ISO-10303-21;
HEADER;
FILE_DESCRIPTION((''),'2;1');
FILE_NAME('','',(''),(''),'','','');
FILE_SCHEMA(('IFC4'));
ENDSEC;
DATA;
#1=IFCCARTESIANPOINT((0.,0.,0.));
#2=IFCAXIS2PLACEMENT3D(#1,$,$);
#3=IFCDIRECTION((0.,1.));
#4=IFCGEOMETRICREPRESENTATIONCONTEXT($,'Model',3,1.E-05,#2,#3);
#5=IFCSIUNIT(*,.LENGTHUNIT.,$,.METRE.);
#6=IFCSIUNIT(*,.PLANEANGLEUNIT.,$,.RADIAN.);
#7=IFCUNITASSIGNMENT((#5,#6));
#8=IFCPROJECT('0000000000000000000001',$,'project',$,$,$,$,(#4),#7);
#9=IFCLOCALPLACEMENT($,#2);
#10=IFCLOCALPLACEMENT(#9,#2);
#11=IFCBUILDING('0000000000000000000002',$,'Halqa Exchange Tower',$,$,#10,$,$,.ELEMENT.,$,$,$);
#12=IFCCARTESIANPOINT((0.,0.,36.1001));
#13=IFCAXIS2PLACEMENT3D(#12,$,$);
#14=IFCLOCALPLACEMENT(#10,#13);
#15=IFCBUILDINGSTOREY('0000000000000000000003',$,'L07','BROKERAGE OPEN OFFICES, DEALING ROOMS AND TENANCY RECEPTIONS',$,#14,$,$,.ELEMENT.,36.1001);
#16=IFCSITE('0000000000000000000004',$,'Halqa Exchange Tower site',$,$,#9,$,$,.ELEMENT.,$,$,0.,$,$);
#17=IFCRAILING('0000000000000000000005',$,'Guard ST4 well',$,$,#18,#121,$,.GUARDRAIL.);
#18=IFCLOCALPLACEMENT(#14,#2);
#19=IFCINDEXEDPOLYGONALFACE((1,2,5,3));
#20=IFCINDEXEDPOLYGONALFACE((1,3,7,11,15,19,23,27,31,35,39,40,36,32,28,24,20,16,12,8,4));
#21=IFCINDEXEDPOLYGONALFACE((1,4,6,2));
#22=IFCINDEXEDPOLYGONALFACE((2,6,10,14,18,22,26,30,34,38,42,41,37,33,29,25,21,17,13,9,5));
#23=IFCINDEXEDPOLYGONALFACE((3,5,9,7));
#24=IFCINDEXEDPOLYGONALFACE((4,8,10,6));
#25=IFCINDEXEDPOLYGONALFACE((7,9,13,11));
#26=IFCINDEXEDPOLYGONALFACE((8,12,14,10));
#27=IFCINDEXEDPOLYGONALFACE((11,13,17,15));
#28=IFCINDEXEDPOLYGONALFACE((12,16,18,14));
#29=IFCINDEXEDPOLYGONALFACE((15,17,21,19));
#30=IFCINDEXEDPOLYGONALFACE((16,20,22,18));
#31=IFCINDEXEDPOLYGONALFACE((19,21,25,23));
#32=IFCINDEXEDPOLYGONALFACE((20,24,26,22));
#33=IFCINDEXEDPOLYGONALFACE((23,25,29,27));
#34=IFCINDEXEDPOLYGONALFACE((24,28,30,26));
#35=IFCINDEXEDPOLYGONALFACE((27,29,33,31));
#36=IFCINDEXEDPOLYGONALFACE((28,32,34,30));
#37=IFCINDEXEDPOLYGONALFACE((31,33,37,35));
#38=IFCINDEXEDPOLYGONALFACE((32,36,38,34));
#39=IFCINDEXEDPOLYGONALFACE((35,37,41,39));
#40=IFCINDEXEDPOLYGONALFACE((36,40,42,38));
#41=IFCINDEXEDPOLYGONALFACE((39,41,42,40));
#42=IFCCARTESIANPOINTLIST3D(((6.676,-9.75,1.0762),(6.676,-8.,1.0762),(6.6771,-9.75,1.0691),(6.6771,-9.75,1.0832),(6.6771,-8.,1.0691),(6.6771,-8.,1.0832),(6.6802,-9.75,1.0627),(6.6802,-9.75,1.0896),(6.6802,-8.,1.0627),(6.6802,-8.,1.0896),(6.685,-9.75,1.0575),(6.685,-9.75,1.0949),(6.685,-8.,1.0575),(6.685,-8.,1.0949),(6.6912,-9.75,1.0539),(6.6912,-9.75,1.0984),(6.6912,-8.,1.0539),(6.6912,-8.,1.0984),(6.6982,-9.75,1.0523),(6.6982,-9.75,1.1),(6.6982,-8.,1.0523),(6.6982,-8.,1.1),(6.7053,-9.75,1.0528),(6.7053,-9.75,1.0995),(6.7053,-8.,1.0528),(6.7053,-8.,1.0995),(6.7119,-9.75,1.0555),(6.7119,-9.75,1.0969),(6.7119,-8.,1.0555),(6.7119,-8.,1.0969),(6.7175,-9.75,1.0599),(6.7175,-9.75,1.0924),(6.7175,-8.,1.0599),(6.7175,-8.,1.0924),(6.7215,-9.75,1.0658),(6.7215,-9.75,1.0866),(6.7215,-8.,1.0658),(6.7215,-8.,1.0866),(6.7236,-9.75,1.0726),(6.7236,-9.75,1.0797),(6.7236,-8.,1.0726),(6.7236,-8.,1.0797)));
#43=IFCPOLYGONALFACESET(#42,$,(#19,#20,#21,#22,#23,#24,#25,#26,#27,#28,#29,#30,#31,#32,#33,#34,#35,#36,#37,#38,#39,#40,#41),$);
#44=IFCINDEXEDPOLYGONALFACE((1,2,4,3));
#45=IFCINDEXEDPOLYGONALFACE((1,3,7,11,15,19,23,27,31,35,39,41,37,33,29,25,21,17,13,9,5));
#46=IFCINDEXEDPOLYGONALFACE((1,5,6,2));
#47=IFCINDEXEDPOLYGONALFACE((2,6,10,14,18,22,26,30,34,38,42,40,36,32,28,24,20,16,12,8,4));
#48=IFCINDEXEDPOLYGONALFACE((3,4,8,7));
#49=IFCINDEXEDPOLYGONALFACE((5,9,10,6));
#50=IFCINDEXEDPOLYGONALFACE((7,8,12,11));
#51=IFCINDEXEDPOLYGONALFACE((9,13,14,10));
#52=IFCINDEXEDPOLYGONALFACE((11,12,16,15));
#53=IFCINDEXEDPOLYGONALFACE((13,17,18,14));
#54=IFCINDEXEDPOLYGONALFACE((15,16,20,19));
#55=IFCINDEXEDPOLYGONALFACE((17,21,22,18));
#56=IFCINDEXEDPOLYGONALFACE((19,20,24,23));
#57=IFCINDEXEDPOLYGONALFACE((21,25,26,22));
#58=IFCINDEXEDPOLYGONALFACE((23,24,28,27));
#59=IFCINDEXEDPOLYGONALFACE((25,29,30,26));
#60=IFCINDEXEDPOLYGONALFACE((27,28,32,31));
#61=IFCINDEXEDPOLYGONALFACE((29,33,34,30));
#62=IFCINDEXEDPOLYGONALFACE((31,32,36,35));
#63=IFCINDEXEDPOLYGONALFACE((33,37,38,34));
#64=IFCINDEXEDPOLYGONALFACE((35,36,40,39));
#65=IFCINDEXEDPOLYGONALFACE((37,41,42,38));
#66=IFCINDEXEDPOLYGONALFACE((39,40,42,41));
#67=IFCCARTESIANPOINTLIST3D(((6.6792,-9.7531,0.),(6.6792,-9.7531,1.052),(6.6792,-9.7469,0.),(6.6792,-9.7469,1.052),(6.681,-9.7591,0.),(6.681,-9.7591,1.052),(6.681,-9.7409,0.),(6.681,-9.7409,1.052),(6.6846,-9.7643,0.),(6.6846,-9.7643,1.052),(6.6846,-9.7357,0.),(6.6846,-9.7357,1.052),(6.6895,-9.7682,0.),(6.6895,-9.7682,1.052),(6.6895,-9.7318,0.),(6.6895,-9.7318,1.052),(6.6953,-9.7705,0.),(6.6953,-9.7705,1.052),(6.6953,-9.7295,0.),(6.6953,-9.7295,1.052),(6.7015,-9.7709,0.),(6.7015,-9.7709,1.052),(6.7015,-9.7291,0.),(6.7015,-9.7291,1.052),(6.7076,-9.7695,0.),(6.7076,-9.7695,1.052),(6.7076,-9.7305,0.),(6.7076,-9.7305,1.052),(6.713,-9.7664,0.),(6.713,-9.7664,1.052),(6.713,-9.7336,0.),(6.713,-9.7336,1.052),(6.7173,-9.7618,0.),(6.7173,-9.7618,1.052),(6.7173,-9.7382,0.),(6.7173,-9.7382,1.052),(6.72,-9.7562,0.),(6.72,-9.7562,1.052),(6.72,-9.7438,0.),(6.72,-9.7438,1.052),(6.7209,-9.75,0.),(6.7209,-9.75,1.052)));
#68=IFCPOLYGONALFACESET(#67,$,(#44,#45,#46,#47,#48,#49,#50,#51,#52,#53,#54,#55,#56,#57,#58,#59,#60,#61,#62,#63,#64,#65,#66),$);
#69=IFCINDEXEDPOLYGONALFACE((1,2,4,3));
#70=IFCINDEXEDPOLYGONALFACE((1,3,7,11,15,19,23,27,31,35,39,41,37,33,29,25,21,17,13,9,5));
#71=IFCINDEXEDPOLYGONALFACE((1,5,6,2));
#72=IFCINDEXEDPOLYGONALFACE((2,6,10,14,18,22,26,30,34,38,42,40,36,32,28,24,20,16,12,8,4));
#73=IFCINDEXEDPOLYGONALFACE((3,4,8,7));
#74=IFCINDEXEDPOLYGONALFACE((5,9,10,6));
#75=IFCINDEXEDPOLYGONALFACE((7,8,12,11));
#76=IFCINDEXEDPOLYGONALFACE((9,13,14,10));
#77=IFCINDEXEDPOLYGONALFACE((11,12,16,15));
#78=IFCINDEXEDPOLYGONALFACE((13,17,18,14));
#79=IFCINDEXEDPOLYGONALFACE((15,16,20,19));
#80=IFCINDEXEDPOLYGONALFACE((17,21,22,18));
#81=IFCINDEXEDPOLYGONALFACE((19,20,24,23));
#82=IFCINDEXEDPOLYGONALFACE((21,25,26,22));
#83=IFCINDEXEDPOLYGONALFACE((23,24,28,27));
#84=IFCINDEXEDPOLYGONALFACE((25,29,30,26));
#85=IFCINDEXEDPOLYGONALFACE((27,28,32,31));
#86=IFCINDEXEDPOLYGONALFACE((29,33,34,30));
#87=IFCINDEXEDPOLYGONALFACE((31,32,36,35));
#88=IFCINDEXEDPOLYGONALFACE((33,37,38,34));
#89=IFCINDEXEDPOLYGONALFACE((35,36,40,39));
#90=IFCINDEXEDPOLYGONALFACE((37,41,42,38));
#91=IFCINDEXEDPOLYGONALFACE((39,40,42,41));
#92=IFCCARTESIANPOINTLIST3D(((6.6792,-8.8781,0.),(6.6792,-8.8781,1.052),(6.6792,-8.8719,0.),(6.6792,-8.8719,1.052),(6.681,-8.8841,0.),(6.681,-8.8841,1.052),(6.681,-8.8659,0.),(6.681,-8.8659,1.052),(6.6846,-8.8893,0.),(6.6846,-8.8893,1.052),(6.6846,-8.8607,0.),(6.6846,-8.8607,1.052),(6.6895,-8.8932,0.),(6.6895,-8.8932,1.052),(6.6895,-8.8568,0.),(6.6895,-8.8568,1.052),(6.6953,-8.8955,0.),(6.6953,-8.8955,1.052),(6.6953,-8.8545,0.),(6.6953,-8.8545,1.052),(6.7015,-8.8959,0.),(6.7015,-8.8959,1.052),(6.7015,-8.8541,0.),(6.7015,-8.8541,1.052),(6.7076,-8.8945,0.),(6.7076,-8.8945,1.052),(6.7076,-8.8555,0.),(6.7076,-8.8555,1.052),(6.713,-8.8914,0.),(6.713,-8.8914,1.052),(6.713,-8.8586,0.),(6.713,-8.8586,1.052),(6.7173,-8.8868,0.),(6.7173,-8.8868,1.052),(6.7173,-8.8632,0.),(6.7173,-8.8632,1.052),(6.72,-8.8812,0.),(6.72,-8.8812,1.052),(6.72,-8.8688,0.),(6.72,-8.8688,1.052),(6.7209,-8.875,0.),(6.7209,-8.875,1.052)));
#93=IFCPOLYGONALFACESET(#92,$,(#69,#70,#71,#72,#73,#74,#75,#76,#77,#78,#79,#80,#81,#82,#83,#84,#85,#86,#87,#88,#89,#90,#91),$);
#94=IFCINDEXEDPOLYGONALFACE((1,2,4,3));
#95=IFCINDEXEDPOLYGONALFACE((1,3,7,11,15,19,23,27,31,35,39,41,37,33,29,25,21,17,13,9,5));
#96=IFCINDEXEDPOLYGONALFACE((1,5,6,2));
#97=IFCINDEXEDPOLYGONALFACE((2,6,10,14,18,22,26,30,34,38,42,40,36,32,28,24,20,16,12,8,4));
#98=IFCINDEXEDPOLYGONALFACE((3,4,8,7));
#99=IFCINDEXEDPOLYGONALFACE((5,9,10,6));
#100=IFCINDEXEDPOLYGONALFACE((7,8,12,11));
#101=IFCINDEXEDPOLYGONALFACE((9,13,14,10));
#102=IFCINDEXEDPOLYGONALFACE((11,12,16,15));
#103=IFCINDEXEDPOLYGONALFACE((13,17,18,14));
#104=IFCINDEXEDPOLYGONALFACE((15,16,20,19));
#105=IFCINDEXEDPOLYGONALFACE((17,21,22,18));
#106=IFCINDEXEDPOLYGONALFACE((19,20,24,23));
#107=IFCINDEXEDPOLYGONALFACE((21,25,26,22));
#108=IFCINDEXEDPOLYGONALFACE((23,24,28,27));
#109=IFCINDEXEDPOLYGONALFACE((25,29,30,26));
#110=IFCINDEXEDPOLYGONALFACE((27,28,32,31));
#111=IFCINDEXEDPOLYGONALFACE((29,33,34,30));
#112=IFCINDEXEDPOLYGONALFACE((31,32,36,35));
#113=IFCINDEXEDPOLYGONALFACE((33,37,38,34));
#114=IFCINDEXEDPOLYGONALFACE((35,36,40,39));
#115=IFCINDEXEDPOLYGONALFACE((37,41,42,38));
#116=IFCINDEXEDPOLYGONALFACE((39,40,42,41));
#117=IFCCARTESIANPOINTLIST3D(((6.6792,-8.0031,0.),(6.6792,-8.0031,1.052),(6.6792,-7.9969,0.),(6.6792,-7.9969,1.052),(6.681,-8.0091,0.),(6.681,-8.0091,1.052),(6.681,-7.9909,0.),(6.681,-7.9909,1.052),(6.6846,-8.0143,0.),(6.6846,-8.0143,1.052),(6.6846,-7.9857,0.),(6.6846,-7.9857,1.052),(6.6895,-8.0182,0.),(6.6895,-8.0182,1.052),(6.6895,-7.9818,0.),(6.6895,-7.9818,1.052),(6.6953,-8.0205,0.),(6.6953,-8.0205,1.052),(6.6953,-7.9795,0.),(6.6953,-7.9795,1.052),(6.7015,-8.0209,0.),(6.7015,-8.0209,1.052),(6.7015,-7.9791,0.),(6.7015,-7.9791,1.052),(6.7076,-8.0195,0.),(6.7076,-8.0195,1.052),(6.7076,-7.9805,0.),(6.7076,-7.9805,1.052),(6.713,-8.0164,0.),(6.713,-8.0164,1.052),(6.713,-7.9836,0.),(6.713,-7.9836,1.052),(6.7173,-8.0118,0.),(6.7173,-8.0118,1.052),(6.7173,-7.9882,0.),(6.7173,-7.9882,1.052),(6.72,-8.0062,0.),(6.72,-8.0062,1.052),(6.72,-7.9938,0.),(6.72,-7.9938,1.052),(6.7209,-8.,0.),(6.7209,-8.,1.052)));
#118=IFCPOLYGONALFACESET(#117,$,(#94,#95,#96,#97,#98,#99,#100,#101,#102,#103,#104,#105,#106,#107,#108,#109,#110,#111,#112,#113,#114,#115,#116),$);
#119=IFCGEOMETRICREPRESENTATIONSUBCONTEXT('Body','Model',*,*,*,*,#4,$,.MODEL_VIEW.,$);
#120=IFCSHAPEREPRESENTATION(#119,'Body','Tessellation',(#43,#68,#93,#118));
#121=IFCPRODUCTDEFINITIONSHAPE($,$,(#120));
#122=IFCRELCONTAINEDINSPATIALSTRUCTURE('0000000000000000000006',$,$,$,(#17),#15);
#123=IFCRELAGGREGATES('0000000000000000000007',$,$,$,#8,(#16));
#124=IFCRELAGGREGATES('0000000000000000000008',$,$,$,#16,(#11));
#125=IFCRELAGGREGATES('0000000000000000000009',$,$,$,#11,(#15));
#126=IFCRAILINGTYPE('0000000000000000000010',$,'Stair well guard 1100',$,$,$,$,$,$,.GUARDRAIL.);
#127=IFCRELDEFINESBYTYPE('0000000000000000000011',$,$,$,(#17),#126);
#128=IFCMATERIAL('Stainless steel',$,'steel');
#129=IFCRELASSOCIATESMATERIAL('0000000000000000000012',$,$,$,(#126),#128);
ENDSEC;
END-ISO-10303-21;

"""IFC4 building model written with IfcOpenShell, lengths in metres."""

from ifc_helpers import new_model, si_unit, direction, frame, origin, origin_2d, place, context, subcontext, project, spatial, circle, extrude, material, type_object, element, save


model = new_model("IFC4")

# Units and contexts
model_context = context("Model", 3, precision=1e-05, world=origin(), true_north=direction((0.0, 1.0)))
body_context = subcontext(model_context, "Body", "Model", "MODEL_VIEW")
ifc_project = project(units=[si_unit("LENGTHUNIT", "METRE"), si_unit("PLANEANGLEUNIT", "RADIAN")], contexts=[model_context])

# Site, building, storey
site_placement = place(None, origin())
site = spatial("IfcSite", under=ifc_project, at=site_placement, Name="Halqa Exchange Tower site", CompositionType="ELEMENT", RefElevation=0.0)
building_placement = place(site_placement, origin())
building = spatial("IfcBuilding", under=site, at=building_placement, Name="Halqa Exchange Tower", CompositionType="ELEMENT")
storey_placement = place(building_placement, frame((0.0, 0.0, 36.1001)))
storey = spatial("IfcBuildingStorey", under=building, at=storey_placement, Name="L07", Description="BROKERAGE OPEN OFFICES, DEALING ROOMS AND TENANCY RECEPTIONS", CompositionType="ELEMENT", Elevation=36.1001)

# Railing
ifc_material_1 = material(Name="Stainless steel", Category="steel")
railing_type_1 = type_object("IfcRailingType", Name="Stair well guard 1100", PredefinedType="GUARDRAIL", material=ifc_material_1)
railing_1_placement = place(storey_placement, frame((6.7, -9.75, 0.0)))
element("IfcRailing", 1, at=railing_1_placement, inside=storey, type_object=railing_type_1, Name="Guard ST4 well", PredefinedType="GUARDRAIL", context=body_context, shape_type="SweptSolid", body=[
    extrude(circle(Radius=0.0239, at=origin_2d()), frame((0.0, 0.0, 1.0762), z_axis=(0.0, 1.0, 0.0), x_axis=(-1.0, 0.0, 0.0)), (0.0, 0.0, 1.0), 1.75),
    extrude(circle(Radius=0.021, at=origin_2d()), origin(), (0.0, 0.0, 1.0), 1.052),
    extrude(circle(Radius=0.021, at=origin_2d()), frame((0.0, 0.875, 0.0)), (0.0, 0.0, 1.0), 1.052),
    extrude(circle(Radius=0.021, at=origin_2d()), frame((0.0, 1.75, 0.0)), (0.0, 0.0, 1.0), 1.052),
])

save(model, "model.ifc")
